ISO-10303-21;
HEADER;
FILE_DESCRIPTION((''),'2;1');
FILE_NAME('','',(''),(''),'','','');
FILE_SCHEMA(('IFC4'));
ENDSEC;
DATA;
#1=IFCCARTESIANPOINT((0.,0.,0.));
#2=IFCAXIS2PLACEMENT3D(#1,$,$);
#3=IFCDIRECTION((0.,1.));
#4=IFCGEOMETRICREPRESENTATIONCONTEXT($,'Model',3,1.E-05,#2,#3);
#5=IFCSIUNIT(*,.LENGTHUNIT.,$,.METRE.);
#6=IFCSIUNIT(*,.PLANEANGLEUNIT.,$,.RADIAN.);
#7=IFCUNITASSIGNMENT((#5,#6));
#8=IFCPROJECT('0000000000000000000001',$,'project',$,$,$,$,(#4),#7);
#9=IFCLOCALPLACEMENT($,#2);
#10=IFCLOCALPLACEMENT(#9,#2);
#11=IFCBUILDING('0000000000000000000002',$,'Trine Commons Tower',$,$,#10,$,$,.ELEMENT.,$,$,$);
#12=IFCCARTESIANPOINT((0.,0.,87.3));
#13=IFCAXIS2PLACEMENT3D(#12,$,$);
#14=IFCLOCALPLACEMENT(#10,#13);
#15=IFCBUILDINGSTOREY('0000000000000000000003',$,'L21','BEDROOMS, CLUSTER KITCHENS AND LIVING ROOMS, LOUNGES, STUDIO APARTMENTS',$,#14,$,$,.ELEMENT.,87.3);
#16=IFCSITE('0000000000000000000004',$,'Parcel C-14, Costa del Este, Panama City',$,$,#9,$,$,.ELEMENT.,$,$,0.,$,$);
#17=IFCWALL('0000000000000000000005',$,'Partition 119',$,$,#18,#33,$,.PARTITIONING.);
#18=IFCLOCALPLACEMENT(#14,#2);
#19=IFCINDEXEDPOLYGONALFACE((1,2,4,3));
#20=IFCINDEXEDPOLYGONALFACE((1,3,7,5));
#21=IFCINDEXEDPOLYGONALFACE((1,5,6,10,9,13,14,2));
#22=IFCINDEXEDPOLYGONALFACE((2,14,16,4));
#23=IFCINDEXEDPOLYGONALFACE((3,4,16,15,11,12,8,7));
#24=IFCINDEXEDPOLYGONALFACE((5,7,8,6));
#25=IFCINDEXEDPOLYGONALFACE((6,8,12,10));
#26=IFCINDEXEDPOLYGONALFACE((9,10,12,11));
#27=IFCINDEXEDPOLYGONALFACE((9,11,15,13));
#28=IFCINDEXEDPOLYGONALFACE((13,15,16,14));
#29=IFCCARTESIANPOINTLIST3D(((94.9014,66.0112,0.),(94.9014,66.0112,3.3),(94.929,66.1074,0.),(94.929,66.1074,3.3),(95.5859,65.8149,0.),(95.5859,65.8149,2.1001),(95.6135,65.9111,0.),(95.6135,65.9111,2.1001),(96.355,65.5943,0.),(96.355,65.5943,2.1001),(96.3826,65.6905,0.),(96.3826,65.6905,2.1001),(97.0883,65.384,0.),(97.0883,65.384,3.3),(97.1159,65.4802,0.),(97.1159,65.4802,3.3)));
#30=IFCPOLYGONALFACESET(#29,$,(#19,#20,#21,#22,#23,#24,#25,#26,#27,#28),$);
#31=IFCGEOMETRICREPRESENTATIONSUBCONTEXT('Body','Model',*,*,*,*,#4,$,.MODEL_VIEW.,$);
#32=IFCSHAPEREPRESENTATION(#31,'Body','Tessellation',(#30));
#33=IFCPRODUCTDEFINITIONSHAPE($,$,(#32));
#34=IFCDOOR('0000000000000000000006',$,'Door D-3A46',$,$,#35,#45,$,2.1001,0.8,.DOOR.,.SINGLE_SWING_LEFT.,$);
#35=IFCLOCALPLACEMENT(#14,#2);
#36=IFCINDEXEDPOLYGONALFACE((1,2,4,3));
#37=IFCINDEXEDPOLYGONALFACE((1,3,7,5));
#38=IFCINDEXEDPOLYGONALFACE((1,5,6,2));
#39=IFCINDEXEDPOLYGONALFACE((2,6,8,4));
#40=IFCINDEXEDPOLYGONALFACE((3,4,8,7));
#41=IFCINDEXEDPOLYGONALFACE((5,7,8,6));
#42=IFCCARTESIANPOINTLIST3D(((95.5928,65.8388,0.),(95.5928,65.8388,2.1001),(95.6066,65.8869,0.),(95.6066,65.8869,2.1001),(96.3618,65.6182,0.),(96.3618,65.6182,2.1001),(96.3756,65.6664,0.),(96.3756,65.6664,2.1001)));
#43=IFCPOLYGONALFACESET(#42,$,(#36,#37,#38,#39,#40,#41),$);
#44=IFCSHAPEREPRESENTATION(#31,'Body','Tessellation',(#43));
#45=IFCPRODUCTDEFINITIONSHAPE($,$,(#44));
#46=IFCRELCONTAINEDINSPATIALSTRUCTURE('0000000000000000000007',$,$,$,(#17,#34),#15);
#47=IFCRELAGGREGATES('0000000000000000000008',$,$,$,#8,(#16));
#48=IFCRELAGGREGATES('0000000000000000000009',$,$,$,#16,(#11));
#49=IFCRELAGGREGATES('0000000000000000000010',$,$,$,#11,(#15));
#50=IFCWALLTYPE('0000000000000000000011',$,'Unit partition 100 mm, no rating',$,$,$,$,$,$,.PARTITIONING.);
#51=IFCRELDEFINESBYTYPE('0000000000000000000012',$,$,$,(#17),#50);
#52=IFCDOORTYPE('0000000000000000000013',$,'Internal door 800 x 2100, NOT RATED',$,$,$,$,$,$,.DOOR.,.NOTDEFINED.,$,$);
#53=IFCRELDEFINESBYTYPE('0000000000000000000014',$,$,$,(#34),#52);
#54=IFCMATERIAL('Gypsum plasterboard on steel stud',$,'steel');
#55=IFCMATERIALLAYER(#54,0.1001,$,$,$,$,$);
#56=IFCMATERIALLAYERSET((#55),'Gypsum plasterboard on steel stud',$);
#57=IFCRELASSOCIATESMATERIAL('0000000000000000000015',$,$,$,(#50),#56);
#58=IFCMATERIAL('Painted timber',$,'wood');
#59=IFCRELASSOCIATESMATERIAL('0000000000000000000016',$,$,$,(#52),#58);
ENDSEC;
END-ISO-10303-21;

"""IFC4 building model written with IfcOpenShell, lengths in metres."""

from ifc_helpers import new_model, si_unit, direction, frame, frame_2d, origin, place, context, subcontext, project, spatial, rectangle, extrude, material, layer, layer_set, type_object, element, fill, save


model = new_model("IFC4")

# Units and contexts
model_context = context("Model", 3, precision=1e-05, world=origin(), true_north=direction((0.0, 1.0)))
body_context = subcontext(model_context, "Body", "Model", "MODEL_VIEW")
ifc_project = project(units=[si_unit("LENGTHUNIT", "METRE"), si_unit("PLANEANGLEUNIT", "RADIAN")], contexts=[model_context])

# Site, building, storey
site_placement = place(None, origin())
site = spatial("IfcSite", under=ifc_project, at=site_placement, Name="Parcel C-14, Costa del Este, Panama City", CompositionType="ELEMENT", RefElevation=0.0)
building_placement = place(site_placement, origin())
building = spatial("IfcBuilding", under=site, at=building_placement, Name="Trine Commons Tower", CompositionType="ELEMENT")
storey_placement = place(building_placement, frame((0.0, 0.0, 87.3)))
storey = spatial("IfcBuildingStorey", under=building, at=storey_placement, Name="L21", Description="BEDROOMS, CLUSTER KITCHENS AND LIVING ROOMS, LOUNGES, STUDIO APARTMENTS", CompositionType="ELEMENT", Elevation=87.3)

# Shared definitions
ifc_material_1 = material(Name="Gypsum plasterboard on steel stud", Category="steel")

# Shared definitions
ifc_material_2 = material(Name="Painted timber", Category="wood")

# Wall, opening, door
ifc_layer_1 = layer(ifc_material_1, 0.1001)
ifc_layer_set_1 = layer_set([ifc_layer_1], Name="Gypsum plasterboard on steel stud")
wall_type_1 = type_object("IfcWallType", Name="Unit partition 100 mm, no rating", PredefinedType="PARTITIONING", material=ifc_layer_set_1)
wall_1_placement = place(storey_placement, frame((94.915, 66.0593, 0.0), z_axis=(0.0, 0.0, 1.0), x_axis=(0.961252, -0.275671, 0.0)))
wall_1 = element("IfcWall", 1, at=wall_1_placement, inside=storey, type_object=wall_type_1, Name="Partition 119", PredefinedType="PARTITIONING", context=body_context, shape_type="SweptSolid", body=[
    extrude(rectangle(XDim=2.2751, YDim=0.1001, at=frame_2d((1.1377, 0.0))), origin(), (0.0, 0.0, 1.0), 3.3),
])
opening_1_placement = place(wall_1_placement, frame((0.7124, 0.0, 0.0)))
opening_1 = element("IfcOpeningElement", 2, at=opening_1_placement, cuts=wall_1, PredefinedType="OPENING", context=body_context, shape_type="SweptSolid", body=[
    extrude(rectangle(XDim=0.8, YDim=2.1001, at=frame_2d((0.3999, 1.05))), frame((0.0, 0.0601, 0.0), z_axis=(0.0, -1.0, 0.0), x_axis=(1.0, 0.0, 0.0)), (0.0, 0.0, 1.0), 0.1201),
])
door_type_1 = type_object("IfcDoorType", Name="Internal door 800 x 2100, NOT RATED", OperationType="NOTDEFINED", PredefinedType="DOOR", material=ifc_material_2)
door_1_placement = place(opening_1_placement, origin())
door_1 = element("IfcDoor", 3, at=door_1_placement, inside=storey, type_object=door_type_1, Name="Door D-3A46", OperationType="SINGLE_SWING_LEFT", OverallHeight=2.1001, OverallWidth=0.8, PredefinedType="DOOR", context=body_context, shape_type="SweptSolid", body=[
    extrude(rectangle(XDim=0.8, YDim=2.1001, at=frame_2d((0.3999, 1.05))), frame((0.0, 0.0249, 0.0), z_axis=(0.0, -1.0, 0.0), x_axis=(1.0, 0.0, 0.0)), (0.0, 0.0, 1.0), 0.05),
])
fill(opening_1, door_1)

save(model, "model.ifc")
